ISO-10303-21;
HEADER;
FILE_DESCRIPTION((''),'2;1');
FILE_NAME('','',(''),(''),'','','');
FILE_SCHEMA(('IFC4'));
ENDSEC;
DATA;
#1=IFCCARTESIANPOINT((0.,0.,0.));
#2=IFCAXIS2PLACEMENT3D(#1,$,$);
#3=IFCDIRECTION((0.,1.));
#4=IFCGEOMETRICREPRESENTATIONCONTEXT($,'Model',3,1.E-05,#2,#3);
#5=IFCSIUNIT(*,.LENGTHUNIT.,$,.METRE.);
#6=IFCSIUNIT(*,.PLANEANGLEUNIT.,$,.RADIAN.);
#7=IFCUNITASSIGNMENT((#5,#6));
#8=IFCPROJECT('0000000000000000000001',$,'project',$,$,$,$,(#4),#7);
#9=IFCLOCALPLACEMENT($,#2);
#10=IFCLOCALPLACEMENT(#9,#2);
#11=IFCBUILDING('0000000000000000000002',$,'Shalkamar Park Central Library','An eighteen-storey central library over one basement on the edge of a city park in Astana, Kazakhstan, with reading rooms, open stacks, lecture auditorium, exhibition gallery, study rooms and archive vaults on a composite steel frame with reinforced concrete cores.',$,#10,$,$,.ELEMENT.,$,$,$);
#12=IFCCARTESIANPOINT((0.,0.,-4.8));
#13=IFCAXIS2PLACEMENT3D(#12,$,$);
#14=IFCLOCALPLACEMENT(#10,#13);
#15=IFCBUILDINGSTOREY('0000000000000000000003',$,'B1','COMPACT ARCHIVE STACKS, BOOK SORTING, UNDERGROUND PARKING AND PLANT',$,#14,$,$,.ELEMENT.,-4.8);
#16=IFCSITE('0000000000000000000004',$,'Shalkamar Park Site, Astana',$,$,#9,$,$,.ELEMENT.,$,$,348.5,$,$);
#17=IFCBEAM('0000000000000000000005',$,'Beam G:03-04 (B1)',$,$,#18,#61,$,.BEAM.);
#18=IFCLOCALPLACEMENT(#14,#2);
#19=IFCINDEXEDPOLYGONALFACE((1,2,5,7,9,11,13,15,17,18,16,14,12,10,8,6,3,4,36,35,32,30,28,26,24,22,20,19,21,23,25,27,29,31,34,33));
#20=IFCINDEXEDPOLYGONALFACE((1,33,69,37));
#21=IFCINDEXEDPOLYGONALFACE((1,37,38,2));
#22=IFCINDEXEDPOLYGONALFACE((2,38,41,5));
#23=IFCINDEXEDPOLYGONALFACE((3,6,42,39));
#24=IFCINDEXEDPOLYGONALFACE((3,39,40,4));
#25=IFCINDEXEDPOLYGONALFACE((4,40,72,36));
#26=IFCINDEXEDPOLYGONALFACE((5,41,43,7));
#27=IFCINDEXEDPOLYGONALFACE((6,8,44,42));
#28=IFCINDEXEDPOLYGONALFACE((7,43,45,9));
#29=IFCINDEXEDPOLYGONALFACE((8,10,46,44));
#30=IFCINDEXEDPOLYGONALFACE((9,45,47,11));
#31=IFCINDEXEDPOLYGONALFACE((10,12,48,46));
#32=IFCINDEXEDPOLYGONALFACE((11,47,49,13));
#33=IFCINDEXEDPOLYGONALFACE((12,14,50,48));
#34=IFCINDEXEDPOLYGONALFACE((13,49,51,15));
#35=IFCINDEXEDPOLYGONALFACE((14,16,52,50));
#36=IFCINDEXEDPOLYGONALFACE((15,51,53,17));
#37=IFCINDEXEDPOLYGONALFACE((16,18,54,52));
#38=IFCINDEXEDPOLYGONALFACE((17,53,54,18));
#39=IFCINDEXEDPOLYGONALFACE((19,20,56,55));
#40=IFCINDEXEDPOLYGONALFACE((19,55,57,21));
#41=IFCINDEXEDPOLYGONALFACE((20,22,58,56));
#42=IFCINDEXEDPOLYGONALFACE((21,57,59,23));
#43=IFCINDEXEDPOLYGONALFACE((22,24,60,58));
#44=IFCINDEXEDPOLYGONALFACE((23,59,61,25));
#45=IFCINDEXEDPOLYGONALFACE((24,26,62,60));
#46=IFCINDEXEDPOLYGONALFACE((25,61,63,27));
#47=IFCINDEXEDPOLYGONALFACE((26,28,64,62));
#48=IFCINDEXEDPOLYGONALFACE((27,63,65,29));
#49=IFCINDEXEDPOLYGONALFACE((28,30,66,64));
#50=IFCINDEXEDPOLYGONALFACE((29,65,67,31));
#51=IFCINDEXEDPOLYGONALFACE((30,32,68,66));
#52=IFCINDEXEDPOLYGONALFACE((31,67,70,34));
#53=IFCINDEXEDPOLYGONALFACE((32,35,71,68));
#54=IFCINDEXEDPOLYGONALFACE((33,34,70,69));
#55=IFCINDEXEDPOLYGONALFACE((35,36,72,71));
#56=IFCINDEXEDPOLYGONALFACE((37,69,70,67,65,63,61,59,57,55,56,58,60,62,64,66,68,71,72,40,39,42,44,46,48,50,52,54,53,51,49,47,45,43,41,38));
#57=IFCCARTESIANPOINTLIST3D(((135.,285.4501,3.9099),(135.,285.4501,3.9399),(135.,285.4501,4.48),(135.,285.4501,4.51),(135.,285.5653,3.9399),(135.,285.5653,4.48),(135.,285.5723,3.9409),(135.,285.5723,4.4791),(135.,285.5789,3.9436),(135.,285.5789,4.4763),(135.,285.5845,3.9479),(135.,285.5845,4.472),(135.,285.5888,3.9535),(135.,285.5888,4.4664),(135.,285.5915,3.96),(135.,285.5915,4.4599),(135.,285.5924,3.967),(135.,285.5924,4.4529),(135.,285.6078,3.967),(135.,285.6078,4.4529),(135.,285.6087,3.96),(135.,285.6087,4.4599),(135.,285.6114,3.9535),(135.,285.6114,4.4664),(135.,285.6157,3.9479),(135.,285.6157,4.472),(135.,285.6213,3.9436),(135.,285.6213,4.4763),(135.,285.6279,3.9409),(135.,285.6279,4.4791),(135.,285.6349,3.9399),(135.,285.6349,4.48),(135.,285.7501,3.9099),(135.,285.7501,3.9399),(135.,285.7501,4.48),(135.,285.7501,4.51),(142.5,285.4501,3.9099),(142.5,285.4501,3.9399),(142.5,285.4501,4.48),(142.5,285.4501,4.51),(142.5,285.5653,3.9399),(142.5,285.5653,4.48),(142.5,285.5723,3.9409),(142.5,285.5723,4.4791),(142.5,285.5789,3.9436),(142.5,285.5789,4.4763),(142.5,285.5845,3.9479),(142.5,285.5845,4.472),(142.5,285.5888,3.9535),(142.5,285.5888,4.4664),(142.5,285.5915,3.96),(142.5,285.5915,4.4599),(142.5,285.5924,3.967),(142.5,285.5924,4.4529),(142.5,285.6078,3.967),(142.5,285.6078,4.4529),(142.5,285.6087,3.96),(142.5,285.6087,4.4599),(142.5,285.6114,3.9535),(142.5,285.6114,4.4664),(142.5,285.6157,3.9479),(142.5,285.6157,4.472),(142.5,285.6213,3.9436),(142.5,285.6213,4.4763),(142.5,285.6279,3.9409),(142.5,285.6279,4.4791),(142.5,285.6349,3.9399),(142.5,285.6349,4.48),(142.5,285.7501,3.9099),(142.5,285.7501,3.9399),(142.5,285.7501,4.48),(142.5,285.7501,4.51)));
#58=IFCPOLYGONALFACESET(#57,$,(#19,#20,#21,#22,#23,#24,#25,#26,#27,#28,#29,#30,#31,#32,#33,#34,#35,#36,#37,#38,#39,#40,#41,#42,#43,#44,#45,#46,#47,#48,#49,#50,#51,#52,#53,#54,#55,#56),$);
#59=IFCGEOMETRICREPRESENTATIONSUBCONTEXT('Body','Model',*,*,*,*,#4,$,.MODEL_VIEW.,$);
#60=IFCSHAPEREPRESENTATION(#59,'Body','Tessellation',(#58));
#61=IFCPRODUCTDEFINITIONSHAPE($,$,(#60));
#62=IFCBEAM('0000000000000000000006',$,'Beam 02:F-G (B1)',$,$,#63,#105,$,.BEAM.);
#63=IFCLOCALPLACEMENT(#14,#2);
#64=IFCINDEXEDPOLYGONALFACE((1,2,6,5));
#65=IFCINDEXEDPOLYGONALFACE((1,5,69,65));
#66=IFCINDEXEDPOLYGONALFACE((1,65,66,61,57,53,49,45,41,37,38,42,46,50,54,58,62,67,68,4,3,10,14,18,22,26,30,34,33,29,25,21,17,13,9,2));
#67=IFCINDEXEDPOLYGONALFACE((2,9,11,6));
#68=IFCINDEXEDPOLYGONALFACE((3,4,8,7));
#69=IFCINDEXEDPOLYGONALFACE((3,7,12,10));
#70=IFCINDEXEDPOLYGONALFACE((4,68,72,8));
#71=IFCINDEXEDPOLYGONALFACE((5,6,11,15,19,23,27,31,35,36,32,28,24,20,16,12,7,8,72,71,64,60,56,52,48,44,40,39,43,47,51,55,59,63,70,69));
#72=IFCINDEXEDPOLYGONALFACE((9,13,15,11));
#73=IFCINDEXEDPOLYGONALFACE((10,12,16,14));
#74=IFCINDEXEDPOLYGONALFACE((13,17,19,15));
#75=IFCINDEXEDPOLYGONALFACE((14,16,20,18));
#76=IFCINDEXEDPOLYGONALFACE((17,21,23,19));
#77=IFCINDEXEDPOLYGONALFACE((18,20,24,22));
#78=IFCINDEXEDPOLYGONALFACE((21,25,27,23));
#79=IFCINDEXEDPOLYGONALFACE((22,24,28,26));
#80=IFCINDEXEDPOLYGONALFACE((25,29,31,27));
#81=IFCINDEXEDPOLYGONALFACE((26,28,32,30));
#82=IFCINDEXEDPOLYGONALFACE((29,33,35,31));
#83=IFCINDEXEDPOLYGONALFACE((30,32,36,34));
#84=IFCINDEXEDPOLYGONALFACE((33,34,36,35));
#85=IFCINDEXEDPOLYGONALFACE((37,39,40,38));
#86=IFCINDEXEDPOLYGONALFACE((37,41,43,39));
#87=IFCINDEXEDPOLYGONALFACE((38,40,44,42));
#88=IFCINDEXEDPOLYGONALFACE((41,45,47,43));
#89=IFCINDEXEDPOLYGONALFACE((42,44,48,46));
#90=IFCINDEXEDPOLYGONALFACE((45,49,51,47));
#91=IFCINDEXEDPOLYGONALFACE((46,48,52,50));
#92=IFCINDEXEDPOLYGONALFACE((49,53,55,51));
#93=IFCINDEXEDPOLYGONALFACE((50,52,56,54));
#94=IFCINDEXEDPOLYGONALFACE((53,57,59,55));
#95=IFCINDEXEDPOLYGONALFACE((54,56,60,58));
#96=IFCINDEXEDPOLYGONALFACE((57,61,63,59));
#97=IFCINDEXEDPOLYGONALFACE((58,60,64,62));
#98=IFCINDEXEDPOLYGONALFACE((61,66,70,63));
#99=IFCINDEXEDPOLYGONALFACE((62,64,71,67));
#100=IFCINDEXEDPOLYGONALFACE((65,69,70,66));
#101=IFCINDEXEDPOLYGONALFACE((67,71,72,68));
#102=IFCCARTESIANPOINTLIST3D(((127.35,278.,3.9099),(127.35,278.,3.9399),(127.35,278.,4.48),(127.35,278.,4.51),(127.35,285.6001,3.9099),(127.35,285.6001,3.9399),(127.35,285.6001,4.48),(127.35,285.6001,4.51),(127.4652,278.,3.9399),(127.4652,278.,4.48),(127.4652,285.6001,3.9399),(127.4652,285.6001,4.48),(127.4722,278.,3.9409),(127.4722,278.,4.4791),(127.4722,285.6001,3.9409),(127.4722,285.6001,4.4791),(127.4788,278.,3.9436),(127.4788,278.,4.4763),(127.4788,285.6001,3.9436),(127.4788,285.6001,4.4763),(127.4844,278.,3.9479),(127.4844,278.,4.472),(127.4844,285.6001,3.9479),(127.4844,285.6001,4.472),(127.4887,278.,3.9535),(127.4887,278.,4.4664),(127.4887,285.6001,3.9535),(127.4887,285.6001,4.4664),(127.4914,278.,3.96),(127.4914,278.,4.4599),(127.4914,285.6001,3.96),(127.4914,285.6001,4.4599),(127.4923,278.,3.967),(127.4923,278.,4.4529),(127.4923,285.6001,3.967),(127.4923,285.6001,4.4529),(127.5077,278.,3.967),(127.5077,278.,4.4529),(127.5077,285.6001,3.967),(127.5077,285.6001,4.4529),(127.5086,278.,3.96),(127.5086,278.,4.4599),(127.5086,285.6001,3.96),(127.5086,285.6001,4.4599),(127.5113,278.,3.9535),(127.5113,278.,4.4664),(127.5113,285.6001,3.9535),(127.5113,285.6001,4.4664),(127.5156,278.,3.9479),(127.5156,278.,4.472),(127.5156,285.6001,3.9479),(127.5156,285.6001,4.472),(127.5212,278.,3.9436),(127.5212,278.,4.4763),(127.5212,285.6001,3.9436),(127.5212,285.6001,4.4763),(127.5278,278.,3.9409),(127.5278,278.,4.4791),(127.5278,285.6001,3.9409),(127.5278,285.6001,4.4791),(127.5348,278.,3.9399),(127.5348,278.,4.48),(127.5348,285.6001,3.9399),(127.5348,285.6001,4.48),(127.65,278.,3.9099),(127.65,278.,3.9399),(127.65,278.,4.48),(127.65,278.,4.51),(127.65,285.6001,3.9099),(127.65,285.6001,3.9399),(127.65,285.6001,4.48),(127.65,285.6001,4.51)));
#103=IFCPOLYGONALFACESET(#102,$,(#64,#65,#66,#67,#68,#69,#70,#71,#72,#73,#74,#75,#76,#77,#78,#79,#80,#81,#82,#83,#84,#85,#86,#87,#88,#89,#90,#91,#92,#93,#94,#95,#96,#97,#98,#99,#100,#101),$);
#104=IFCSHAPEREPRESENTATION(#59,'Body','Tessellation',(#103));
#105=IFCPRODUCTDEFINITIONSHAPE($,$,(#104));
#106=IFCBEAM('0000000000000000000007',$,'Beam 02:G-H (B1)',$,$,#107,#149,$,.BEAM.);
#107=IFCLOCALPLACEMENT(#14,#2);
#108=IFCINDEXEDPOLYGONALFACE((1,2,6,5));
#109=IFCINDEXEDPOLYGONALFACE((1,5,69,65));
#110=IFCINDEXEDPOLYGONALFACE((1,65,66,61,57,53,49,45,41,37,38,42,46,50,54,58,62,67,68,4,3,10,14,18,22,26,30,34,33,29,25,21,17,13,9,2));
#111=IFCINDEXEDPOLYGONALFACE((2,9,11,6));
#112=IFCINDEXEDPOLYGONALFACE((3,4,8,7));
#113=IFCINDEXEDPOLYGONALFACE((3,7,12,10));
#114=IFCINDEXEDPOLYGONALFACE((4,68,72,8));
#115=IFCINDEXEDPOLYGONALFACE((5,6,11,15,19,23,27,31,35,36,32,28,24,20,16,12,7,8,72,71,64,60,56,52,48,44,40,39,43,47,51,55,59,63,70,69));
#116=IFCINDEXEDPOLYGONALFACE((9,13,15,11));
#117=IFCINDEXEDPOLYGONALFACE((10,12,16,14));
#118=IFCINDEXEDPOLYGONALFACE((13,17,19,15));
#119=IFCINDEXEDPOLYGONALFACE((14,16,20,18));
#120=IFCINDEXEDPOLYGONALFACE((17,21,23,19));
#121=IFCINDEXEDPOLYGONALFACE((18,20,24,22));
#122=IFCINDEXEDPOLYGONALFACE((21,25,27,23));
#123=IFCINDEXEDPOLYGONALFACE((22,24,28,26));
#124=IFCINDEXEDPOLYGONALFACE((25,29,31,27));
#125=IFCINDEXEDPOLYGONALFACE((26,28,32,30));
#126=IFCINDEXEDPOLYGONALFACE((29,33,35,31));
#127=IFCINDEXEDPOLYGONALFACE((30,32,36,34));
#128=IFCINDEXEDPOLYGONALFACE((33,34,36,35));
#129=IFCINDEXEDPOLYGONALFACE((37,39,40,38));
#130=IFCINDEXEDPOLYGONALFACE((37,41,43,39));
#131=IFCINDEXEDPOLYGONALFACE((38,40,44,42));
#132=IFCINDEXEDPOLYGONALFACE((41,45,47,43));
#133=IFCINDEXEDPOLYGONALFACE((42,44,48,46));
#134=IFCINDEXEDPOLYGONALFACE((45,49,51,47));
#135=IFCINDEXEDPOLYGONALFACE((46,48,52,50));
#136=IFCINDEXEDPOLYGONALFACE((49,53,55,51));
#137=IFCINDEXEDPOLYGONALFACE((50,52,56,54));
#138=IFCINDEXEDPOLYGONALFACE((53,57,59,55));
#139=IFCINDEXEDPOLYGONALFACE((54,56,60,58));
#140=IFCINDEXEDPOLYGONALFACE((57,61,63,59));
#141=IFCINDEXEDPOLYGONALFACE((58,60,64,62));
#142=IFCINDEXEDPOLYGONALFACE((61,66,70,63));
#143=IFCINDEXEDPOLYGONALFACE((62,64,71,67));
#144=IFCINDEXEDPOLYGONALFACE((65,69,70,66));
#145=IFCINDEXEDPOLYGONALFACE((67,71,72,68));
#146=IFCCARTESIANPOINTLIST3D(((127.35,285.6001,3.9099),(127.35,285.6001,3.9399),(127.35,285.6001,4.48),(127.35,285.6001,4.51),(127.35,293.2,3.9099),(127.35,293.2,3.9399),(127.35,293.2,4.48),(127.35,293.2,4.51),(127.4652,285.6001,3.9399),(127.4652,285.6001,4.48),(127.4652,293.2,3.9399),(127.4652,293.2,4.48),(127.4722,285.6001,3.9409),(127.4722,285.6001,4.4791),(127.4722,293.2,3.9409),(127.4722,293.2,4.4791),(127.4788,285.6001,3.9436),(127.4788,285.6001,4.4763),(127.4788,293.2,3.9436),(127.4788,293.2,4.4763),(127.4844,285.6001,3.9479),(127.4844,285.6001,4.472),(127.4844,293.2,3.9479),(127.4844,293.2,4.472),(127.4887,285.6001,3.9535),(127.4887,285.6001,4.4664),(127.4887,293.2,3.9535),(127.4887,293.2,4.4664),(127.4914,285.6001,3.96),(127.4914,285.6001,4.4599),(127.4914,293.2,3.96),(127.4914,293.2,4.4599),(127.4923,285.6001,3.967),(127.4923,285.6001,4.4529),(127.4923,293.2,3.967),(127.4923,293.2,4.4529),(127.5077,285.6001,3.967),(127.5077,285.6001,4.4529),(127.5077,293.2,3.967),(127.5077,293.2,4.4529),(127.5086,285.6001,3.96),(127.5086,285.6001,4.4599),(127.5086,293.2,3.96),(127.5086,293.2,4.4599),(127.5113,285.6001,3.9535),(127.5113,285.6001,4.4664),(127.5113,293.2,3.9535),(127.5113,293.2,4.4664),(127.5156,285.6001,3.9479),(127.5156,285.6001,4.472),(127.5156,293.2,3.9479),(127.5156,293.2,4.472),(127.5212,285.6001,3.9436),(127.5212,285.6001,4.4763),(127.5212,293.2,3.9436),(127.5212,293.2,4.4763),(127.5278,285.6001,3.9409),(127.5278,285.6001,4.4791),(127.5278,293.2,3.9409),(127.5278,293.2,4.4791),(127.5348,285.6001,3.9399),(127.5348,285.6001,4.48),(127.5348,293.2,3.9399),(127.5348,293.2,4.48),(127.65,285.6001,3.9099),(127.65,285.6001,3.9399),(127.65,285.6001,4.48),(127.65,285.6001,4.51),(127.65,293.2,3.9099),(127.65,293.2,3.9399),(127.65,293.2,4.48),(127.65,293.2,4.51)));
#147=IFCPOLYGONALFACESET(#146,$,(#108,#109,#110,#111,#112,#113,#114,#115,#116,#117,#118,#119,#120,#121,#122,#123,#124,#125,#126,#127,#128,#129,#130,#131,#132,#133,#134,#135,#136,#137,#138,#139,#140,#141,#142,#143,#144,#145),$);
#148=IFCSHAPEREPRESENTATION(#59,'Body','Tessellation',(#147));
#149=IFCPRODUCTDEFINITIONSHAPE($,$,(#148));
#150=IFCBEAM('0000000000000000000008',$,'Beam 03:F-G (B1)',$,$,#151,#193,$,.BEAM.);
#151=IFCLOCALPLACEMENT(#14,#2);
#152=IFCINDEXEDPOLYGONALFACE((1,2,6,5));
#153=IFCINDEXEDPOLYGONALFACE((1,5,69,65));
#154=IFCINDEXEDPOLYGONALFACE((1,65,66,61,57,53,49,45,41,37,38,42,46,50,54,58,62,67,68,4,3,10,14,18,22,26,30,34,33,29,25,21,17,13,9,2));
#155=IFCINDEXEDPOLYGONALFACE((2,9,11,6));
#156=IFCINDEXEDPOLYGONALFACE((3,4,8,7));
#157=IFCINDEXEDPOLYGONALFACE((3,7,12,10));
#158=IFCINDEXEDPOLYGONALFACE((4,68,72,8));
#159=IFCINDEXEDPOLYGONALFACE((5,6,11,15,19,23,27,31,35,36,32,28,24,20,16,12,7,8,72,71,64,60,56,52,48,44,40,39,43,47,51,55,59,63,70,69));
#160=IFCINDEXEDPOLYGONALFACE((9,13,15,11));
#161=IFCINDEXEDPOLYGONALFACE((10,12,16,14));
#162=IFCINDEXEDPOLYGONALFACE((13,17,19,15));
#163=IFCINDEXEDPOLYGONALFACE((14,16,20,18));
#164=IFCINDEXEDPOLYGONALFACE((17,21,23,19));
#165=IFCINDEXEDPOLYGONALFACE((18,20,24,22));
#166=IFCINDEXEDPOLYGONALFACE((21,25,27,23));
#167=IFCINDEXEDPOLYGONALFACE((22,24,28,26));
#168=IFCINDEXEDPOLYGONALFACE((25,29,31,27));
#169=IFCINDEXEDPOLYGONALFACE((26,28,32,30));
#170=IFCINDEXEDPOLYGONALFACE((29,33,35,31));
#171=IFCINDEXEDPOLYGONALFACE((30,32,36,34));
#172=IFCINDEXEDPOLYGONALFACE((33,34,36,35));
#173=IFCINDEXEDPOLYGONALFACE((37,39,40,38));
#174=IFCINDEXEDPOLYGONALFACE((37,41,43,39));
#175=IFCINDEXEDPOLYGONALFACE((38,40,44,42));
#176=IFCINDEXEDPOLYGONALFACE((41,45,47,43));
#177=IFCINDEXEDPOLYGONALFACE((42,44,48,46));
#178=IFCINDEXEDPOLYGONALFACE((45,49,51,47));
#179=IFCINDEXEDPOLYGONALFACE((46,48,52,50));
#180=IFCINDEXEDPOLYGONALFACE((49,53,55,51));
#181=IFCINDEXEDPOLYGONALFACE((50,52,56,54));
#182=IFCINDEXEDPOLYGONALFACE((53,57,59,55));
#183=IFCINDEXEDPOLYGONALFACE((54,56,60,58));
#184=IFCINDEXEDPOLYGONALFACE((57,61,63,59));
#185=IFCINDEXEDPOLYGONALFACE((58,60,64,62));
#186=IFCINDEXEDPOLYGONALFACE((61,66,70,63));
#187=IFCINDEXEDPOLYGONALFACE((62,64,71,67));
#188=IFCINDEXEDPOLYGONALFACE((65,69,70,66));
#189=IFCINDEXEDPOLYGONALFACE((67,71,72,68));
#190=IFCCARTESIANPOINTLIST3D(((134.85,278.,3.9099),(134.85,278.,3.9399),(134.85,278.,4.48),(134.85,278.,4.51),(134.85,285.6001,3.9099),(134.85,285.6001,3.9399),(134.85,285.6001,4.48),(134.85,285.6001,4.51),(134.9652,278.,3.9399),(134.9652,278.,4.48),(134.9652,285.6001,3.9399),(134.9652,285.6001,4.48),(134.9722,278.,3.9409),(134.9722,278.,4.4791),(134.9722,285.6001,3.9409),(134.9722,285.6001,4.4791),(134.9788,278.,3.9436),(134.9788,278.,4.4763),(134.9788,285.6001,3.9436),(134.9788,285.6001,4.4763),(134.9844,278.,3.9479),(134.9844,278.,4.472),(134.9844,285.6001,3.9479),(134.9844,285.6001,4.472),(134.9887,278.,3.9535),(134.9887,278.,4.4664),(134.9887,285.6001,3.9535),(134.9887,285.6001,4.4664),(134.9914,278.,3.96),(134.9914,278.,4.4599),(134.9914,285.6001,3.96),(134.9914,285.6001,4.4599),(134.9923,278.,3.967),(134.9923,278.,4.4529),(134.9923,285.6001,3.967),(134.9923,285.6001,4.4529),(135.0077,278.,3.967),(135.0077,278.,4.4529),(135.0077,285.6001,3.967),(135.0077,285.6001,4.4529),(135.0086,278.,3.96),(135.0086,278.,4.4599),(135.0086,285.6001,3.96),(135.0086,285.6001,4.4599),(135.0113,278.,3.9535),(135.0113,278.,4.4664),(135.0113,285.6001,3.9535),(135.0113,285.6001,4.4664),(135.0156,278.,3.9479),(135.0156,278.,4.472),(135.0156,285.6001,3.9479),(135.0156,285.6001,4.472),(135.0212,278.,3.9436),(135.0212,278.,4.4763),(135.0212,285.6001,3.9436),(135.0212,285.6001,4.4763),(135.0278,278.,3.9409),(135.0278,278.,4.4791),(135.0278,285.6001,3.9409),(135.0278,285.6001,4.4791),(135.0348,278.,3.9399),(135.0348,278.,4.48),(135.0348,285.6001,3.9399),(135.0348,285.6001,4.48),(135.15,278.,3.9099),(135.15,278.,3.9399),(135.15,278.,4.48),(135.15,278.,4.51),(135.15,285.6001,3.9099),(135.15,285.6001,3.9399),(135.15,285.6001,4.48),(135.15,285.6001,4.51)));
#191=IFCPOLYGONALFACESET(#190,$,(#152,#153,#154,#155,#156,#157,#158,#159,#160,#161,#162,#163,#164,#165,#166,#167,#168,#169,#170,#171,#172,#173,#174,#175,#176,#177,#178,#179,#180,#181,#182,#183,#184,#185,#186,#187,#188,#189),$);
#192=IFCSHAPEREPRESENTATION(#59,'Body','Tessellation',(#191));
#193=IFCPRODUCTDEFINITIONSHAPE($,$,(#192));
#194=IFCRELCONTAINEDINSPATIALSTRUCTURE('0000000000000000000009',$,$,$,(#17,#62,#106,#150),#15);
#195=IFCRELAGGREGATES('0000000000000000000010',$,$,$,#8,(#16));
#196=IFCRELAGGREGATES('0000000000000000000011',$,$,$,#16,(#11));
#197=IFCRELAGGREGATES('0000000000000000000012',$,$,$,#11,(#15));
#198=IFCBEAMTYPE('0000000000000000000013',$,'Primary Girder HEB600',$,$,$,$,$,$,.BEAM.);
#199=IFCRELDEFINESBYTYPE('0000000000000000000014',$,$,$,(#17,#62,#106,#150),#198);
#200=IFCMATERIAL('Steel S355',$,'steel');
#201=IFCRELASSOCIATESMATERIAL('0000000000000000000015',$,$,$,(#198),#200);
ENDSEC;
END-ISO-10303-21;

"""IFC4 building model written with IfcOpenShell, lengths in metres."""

from ifc_helpers import new_model, si_unit, direction, frame, origin, origin_2d, place, context, subcontext, project, spatial, i_section, extrude, material, material_profile, profile_set, type_object, element, save


model = new_model("IFC4")

# Units and contexts
model_context = context("Model", 3, precision=1e-05, world=origin(), true_north=direction((0.0, 1.0)))
body_context = subcontext(model_context, "Body", "Model", "MODEL_VIEW")
ifc_project = project(units=[si_unit("LENGTHUNIT", "METRE"), si_unit("PLANEANGLEUNIT", "RADIAN")], contexts=[model_context])

# Site, building, storey
site_placement = place(None, origin())
site = spatial("IfcSite", under=ifc_project, at=site_placement, Name="Shalkamar Park Site, Astana", CompositionType="ELEMENT", RefElevation=348.5)
building_placement = place(site_placement, origin())
building = spatial("IfcBuilding", under=site, at=building_placement, Name="Shalkamar Park Central Library", Description="An eighteen-storey central library over one basement on the edge of a city park in Astana, Kazakhstan, with reading rooms, open stacks, lecture auditorium, exhibition gallery, study rooms and archive vaults on a composite steel frame with reinforced concrete cores.", CompositionType="ELEMENT")
storey_placement = place(building_placement, frame((0.0, 0.0, -4.8)))
storey = spatial("IfcBuildingStorey", under=building, at=storey_placement, Name="B1", Description="COMPACT ARCHIVE STACKS, BOOK SORTING, UNDERGROUND PARKING AND PLANT", CompositionType="ELEMENT", Elevation=-4.8)

# Shared definitions
ifc_material_1 = material(Name="Steel S355", Category="steel")

# Beams
ifc_material_profile_1 = material_profile(ifc_material_1, i_section(OverallWidth=0.3, OverallDepth=0.6001, WebThickness=0.0154, FlangeThickness=0.03, FilletRadius=0.0271, at=origin_2d()), Name="HEB 600")
ifc_profile_set_1 = profile_set([ifc_material_profile_1], Name="Steel S355")
beam_type = type_object("IfcBeamType", Name="Primary Girder HEB600", PredefinedType="BEAM", material=ifc_profile_set_1)
for number, where, z_axis, x_axis, name in (
    (1, (135.0, 285.6001, 4.21), (1.0, 0.0, 0.0), (0.0, 1.0, 0.0), "Beam G:03-04 (B1)"),
):
    element("IfcBeam", number, at=place(storey_placement, frame(where, z_axis=z_axis, x_axis=x_axis)), inside=storey, type_object=beam_type, Name=name, PredefinedType="BEAM", context=body_context, shape_type="SweptSolid", body=[
        extrude(i_section(OverallWidth=0.3, OverallDepth=0.6001, WebThickness=0.0154, FlangeThickness=0.03, FilletRadius=0.0271, at=origin_2d()), origin(), (0.0, 0.0, 1.0), 7.5),
    ])
beam_1_placement = place(storey_placement, frame((127.5, 278.0, 4.21), z_axis=(0.0, 1.0, 0.0), x_axis=(-1.0, 0.0, 0.0)))
element("IfcBeam", 2, at=beam_1_placement, inside=storey, type_object=beam_type, Name="Beam 02:F-G (B1)", PredefinedType="BEAM", context=body_context, shape_type="SweptSolid", body=[
    extrude(i_section(OverallWidth=0.3, OverallDepth=0.6001, WebThickness=0.0154, FlangeThickness=0.03, FilletRadius=0.0271, at=origin_2d()), origin(), (0.0, 0.0, 1.0), 7.6001),
])
beam_2_placement = place(storey_placement, frame((127.5, 285.6001, 4.21), z_axis=(0.0, 1.0, 0.0), x_axis=(-1.0, 0.0, 0.0)))
element("IfcBeam", 3, at=beam_2_placement, inside=storey, type_object=beam_type, Name="Beam 02:G-H (B1)", PredefinedType="BEAM", context=body_context, shape_type="SweptSolid", body=[
    extrude(i_section(OverallWidth=0.3, OverallDepth=0.6001, WebThickness=0.0154, FlangeThickness=0.03, FilletRadius=0.0271, at=origin_2d()), origin(), (0.0, 0.0, 1.0), 7.5999),
])
beam_3_placement = place(storey_placement, frame((135.0, 278.0, 4.21), z_axis=(0.0, 1.0, 0.0), x_axis=(-1.0, 0.0, 0.0)))
element("IfcBeam", 4, at=beam_3_placement, inside=storey, type_object=beam_type, Name="Beam 03:F-G (B1)", PredefinedType="BEAM", context=body_context, shape_type="SweptSolid", body=[
    extrude(i_section(OverallWidth=0.3, OverallDepth=0.6001, WebThickness=0.0154, FlangeThickness=0.03, FilletRadius=0.0271, at=origin_2d()), origin(), (0.0, 0.0, 1.0), 7.6001),
])

save(model, "model.ifc")
